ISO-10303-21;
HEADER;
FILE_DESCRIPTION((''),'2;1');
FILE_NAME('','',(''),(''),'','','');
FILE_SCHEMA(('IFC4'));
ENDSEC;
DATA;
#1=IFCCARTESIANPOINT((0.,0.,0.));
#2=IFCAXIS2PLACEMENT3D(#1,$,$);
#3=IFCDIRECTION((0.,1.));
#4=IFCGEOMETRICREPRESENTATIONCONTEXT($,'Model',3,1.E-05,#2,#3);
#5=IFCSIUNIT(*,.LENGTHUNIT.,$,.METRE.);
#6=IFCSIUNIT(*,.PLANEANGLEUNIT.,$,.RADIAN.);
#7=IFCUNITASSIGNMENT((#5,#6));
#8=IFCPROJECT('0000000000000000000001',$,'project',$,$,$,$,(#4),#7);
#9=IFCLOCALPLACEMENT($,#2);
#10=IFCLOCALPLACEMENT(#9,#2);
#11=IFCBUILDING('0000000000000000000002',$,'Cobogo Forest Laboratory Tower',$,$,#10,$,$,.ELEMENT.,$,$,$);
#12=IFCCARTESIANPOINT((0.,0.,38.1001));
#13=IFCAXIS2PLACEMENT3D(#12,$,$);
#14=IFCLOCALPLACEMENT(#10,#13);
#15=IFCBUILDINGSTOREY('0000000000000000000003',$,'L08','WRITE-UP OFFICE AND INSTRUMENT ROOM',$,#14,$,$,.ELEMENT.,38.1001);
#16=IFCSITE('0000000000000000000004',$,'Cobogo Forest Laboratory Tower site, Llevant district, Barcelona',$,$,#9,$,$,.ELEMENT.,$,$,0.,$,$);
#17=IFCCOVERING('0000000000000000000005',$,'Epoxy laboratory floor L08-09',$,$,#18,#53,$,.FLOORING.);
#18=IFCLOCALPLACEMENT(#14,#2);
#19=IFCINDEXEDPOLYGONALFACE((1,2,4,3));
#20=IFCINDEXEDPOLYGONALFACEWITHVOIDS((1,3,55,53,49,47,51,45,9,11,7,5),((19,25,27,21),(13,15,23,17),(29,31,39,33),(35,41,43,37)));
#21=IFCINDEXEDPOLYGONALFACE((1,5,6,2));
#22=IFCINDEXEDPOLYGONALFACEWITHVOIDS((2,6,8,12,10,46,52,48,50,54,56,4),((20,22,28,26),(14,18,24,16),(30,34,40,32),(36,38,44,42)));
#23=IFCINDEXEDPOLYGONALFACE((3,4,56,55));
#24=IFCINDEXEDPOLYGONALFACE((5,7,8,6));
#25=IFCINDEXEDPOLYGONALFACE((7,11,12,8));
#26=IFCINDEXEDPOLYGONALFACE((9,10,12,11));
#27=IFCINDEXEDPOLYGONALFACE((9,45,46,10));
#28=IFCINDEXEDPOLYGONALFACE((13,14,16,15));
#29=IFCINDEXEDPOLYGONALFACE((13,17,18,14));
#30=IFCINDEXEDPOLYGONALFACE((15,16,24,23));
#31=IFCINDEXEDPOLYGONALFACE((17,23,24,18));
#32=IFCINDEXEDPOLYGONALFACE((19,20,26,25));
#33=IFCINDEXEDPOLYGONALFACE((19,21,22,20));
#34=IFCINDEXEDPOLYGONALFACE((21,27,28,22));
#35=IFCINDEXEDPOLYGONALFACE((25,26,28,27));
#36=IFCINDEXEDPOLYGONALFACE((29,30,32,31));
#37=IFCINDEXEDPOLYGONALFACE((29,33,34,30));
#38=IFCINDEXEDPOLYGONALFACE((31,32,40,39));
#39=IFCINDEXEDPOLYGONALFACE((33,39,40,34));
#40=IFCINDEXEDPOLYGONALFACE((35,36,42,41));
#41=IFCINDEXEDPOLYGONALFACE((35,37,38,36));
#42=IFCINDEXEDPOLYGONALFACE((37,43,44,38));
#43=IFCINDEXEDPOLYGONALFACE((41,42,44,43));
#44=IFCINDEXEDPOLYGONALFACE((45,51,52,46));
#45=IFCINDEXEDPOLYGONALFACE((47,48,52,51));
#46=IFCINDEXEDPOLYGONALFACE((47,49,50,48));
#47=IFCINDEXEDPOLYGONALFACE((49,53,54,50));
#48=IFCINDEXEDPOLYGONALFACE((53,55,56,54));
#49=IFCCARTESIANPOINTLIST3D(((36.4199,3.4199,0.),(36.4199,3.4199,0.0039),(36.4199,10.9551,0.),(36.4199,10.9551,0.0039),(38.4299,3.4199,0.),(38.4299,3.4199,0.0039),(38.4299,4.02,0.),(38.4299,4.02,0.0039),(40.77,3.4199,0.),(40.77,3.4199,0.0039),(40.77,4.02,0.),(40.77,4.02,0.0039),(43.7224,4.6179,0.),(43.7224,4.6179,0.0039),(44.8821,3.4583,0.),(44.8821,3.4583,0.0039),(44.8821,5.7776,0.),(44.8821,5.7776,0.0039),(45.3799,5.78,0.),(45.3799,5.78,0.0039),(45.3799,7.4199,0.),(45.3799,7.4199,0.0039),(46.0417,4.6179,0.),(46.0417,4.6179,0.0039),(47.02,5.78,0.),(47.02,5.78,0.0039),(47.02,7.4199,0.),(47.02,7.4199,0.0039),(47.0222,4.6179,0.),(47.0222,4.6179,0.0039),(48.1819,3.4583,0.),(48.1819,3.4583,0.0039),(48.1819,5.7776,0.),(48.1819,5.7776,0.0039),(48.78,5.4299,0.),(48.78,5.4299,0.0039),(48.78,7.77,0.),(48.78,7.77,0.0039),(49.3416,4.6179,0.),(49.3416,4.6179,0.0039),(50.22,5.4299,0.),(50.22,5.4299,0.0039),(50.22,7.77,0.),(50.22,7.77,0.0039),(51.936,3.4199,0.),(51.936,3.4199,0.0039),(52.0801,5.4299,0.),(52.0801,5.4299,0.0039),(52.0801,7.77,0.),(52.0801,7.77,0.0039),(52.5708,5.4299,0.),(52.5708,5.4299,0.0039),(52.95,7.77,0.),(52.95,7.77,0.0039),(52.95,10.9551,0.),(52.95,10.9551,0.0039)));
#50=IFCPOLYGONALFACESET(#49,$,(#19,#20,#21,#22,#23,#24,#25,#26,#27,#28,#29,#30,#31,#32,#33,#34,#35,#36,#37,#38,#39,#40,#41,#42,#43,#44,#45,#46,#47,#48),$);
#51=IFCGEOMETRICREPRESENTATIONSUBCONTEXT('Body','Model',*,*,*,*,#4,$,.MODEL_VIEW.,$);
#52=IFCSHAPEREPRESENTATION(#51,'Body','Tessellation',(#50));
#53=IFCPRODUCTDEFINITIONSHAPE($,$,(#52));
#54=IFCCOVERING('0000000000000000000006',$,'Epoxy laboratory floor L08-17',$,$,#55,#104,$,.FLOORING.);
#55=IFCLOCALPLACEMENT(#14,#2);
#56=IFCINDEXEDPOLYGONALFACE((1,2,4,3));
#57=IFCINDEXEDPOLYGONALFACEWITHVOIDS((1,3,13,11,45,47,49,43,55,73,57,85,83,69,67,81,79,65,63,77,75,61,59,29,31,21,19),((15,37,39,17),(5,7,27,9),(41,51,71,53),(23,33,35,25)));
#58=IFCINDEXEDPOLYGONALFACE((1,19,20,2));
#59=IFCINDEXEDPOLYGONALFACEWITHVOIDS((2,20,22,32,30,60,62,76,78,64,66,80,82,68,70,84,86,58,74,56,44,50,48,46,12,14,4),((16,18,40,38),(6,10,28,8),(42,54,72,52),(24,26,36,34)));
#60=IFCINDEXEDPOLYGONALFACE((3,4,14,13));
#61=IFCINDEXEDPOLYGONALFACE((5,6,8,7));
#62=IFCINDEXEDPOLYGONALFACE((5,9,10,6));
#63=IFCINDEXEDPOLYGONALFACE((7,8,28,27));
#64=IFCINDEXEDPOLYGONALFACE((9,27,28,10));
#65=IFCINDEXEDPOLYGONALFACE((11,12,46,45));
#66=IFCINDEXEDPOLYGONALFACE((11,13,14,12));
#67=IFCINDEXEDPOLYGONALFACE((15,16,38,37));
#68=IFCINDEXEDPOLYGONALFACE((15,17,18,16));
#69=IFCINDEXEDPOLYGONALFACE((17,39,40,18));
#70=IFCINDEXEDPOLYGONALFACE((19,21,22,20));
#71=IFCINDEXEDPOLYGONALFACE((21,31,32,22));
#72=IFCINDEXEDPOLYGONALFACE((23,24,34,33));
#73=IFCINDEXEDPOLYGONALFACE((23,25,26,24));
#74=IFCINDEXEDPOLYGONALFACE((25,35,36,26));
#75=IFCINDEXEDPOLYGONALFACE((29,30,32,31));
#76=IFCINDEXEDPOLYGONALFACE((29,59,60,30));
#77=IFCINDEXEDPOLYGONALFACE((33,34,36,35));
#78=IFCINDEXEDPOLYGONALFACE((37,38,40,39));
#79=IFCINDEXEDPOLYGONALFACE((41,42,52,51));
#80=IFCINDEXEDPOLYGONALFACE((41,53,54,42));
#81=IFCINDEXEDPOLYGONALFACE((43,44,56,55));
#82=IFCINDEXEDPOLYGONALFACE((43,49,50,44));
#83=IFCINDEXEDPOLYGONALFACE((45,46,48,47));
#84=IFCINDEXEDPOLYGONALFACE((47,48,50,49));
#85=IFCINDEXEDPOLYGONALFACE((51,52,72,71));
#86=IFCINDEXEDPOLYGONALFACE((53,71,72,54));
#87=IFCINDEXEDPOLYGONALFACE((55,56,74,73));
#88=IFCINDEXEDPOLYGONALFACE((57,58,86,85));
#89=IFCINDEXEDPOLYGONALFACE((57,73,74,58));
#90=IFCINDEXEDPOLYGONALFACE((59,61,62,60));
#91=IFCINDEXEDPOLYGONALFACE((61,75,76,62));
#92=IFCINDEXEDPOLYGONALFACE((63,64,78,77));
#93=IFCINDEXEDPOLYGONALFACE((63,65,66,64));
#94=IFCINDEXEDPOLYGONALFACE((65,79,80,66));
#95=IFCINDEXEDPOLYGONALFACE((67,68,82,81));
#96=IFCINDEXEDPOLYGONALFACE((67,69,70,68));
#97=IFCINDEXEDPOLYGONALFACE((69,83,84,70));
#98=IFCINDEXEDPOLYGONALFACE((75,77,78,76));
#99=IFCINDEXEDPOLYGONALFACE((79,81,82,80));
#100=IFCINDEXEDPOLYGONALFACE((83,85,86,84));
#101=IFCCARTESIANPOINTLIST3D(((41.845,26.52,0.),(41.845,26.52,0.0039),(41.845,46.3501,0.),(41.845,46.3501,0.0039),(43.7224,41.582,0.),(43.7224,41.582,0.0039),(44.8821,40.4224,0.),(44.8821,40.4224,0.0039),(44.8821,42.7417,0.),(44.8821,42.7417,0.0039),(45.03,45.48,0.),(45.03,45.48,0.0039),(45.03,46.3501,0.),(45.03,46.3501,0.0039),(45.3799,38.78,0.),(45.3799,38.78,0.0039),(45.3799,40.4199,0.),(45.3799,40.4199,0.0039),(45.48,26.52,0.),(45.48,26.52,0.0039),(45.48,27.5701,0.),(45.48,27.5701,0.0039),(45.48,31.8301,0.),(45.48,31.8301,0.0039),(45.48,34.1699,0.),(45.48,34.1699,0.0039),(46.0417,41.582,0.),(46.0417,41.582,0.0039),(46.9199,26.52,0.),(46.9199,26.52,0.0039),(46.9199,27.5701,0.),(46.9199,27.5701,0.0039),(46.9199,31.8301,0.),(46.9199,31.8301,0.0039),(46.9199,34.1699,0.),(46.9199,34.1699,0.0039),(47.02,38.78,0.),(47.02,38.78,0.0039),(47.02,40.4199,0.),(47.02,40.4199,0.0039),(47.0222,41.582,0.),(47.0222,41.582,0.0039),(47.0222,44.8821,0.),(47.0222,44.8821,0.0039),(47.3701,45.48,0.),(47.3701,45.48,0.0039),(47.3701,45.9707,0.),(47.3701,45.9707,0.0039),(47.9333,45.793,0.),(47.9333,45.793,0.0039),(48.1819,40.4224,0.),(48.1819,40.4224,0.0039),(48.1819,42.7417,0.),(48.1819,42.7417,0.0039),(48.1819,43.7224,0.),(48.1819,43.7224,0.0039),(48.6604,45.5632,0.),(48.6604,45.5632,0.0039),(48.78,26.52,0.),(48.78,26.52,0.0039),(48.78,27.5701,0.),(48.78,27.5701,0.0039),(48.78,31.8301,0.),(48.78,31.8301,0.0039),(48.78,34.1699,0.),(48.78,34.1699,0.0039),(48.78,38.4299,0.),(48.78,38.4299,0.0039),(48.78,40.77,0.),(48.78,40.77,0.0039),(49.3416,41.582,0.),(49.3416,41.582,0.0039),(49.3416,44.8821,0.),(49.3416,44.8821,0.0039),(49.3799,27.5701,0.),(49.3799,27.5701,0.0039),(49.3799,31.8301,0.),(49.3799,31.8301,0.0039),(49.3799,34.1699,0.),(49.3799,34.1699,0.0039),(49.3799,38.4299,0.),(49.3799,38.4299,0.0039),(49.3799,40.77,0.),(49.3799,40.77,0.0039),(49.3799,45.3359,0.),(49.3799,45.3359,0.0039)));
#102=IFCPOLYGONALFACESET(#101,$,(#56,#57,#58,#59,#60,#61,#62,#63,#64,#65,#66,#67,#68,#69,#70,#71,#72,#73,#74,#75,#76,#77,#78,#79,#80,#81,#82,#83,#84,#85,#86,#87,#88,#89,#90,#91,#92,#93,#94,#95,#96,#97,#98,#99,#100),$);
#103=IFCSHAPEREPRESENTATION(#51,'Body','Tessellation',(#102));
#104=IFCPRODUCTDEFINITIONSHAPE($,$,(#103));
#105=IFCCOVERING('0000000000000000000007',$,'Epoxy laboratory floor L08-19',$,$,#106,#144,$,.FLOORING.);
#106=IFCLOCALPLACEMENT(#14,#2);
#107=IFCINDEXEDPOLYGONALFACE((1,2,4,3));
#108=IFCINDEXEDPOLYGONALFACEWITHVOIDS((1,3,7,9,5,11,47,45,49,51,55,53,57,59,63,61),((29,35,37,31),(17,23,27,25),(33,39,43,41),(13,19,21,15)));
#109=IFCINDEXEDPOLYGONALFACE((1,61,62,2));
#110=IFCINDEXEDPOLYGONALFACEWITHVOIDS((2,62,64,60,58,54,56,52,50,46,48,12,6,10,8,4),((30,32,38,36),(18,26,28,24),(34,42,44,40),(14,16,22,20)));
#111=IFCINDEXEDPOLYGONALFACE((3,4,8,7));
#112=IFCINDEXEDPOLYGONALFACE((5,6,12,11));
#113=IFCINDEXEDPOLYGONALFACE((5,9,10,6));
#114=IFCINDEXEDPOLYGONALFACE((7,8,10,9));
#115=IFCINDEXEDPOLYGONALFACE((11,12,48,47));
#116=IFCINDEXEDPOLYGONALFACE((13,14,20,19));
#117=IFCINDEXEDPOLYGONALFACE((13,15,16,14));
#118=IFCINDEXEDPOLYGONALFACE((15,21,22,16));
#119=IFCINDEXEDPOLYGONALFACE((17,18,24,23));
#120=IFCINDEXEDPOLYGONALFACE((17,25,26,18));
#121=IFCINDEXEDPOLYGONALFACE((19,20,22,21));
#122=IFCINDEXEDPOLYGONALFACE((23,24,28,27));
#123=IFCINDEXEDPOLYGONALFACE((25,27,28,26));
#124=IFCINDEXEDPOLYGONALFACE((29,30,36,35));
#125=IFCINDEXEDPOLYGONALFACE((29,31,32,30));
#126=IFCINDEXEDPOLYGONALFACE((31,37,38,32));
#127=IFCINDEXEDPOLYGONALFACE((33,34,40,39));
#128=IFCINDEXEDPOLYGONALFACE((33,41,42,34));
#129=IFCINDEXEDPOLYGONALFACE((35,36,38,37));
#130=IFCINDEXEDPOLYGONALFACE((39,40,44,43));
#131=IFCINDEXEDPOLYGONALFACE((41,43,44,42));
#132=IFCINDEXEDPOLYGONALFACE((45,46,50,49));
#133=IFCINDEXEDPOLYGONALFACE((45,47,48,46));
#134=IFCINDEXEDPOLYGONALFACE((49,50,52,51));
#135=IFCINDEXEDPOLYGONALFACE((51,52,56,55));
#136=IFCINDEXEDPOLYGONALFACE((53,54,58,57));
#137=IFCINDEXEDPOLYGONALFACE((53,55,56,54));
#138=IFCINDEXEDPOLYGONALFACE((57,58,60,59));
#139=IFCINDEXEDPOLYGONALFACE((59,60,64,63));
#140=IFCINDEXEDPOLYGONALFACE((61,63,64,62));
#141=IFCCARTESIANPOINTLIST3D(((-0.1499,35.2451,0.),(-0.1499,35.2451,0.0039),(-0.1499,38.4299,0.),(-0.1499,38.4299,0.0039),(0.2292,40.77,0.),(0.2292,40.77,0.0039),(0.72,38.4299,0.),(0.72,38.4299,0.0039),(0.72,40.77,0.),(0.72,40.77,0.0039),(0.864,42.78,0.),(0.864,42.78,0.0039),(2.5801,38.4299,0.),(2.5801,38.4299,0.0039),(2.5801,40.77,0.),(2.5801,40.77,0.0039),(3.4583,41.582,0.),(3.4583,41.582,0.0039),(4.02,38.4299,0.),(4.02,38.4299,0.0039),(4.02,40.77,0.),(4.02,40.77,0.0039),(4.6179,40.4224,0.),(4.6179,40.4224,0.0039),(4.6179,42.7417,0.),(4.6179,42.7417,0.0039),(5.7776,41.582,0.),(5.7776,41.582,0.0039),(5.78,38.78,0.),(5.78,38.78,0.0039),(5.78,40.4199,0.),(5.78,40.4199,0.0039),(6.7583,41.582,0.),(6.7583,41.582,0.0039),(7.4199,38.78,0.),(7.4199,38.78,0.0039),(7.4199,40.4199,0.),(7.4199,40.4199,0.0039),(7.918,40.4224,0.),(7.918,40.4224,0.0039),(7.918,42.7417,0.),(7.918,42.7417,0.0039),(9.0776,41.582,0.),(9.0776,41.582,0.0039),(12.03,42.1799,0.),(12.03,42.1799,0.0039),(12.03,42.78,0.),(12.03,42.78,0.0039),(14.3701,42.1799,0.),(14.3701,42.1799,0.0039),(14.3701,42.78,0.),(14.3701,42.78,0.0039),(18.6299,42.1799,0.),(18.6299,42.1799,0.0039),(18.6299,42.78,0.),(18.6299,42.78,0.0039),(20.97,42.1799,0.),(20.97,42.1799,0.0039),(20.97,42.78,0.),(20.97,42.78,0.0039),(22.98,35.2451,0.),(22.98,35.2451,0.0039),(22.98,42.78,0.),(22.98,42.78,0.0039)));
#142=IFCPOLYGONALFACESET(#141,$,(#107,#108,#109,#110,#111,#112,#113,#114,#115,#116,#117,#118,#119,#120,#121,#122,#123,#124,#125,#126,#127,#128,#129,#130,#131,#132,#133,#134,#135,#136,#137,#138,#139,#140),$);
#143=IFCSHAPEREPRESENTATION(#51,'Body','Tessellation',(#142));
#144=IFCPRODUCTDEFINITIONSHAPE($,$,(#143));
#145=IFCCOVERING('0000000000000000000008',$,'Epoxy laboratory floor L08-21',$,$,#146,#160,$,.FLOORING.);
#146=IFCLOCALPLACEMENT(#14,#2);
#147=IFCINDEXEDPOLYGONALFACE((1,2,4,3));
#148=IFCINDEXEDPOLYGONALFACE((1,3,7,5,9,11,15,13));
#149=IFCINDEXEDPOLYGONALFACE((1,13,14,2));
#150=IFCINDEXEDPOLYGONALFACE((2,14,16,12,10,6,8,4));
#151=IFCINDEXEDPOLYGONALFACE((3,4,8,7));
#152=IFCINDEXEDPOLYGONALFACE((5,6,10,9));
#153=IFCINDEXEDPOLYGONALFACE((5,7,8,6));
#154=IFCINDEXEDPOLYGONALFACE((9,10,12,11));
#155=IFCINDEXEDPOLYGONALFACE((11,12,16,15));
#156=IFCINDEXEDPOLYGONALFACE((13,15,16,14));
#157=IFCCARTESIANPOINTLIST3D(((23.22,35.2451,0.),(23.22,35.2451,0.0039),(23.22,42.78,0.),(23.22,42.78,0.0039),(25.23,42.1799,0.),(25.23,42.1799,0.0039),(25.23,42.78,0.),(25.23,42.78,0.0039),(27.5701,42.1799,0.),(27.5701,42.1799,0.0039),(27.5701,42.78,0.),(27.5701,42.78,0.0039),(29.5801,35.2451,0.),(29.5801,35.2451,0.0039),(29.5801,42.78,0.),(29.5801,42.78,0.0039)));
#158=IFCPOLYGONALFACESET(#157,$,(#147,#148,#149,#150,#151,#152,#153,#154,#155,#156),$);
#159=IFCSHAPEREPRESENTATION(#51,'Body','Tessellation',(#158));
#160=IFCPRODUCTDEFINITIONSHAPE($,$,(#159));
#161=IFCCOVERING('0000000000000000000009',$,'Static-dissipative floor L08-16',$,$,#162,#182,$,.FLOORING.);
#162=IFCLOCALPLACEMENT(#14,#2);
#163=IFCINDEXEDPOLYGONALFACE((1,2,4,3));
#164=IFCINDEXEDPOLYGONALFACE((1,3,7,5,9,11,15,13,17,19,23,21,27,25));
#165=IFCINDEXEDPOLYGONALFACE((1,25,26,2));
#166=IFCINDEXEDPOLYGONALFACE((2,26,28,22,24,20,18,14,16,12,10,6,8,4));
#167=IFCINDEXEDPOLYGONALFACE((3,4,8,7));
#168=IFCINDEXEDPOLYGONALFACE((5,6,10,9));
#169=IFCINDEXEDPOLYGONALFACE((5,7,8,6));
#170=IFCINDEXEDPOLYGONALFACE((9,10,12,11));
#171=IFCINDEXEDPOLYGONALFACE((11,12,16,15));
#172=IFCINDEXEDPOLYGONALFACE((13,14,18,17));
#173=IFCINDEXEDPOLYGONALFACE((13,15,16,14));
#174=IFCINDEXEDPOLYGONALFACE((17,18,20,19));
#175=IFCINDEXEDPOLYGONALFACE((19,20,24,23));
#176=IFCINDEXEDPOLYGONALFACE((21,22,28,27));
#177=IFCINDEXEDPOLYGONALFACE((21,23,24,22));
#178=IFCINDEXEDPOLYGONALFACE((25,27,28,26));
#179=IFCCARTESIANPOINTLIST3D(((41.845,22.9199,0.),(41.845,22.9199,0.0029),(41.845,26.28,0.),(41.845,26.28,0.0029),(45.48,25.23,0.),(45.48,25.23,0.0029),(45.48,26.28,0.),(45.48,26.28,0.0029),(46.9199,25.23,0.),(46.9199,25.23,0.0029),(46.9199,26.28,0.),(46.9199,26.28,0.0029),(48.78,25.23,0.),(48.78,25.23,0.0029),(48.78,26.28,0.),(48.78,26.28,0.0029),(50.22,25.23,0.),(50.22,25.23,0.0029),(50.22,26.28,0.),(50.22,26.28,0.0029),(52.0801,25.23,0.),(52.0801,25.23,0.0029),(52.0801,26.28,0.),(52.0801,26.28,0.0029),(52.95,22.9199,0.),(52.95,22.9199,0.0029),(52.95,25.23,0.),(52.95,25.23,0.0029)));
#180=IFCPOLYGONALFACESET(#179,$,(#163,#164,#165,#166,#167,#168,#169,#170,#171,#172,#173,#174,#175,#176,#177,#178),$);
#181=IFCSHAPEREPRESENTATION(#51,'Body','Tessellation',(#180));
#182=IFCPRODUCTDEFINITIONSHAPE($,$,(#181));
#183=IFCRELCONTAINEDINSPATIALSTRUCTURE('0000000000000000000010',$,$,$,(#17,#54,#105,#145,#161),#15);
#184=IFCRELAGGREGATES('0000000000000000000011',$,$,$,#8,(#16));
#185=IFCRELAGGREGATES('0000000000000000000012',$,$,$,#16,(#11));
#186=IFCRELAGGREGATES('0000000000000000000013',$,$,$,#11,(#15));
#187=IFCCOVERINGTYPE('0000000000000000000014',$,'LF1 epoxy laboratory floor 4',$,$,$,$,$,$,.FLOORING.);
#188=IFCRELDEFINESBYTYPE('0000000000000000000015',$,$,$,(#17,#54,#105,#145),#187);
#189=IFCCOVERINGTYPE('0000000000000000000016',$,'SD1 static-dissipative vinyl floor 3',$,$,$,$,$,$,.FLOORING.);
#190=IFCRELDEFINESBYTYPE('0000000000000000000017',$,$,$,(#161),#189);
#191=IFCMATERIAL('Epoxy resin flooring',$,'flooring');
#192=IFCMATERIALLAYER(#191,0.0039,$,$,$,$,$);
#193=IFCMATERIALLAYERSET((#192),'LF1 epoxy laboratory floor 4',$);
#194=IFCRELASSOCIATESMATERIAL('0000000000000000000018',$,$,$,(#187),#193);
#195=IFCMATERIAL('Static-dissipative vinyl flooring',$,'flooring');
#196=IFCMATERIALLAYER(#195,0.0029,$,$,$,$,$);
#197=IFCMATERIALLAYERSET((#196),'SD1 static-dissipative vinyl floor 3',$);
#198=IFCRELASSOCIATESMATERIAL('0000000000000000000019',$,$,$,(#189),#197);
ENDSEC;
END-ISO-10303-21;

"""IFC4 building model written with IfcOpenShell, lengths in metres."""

from ifc_helpers import new_model, si_unit, direction, frame, origin, place, context, subcontext, project, spatial, polyline, outline, extrude, material, layer, layer_set, type_object, element, save


model = new_model("IFC4")

# Units and contexts
model_context = context("Model", 3, precision=1e-05, world=origin(), true_north=direction((0.0, 1.0)))
body_context = subcontext(model_context, "Body", "Model", "MODEL_VIEW")
ifc_project = project(units=[si_unit("LENGTHUNIT", "METRE"), si_unit("PLANEANGLEUNIT", "RADIAN")], contexts=[model_context])

# Site, building, storey
site_placement = place(None, origin())
site = spatial("IfcSite", under=ifc_project, at=site_placement, Name="Cobogo Forest Laboratory Tower site, Llevant district, Barcelona", CompositionType="ELEMENT", RefElevation=0.0)
building_placement = place(site_placement, origin())
building = spatial("IfcBuilding", under=site, at=building_placement, Name="Cobogo Forest Laboratory Tower", CompositionType="ELEMENT")
storey_placement = place(building_placement, frame((0.0, 0.0, 38.1001)))
storey = spatial("IfcBuildingStorey", under=building, at=storey_placement, Name="L08", Description="WRITE-UP OFFICE AND INSTRUMENT ROOM", CompositionType="ELEMENT", Elevation=38.1001)

# Coverings
ifc_material_1 = material(Name="Epoxy resin flooring", Category="flooring")
ifc_layer_1 = layer(ifc_material_1, 0.0039)
ifc_layer_set_1 = layer_set([ifc_layer_1], Name="LF1 epoxy laboratory floor 4")
covering_type_1 = type_object("IfcCoveringType", Name="LF1 epoxy laboratory floor 4", PredefinedType="FLOORING", material=ifc_layer_set_1)
covering_1_placement = place(storey_placement, origin())
element("IfcCovering", 1, at=covering_1_placement, inside=storey, type_object=covering_type_1, Name="Epoxy laboratory floor L08-09", PredefinedType="FLOORING", context=body_context, shape_type="SweptSolid", body=[
    extrude(outline(polyline([(36.4199, 10.9551), (52.95, 10.9551), (52.95, 7.77), (52.0801, 7.77), (52.0801, 5.4299), (52.5708, 5.4299), (51.936, 3.4199), (40.77, 3.4199), (40.77, 4.02), (38.4299, 4.02), (38.4299, 3.4199), (36.4199, 3.4199), (36.4199, 10.9551)]), holes=[polyline([(48.78, 5.4299), (50.22, 5.4299), (50.22, 7.77), (48.78, 7.77), (48.78, 5.4299)]), polyline([(48.1819, 5.7776), (47.0222, 4.6179), (48.1819, 3.4583), (49.3416, 4.6179), (48.1819, 5.7776)]), polyline([(45.3799, 7.4199), (45.3799, 5.78), (47.02, 5.78), (47.02, 7.4199), (45.3799, 7.4199)]), polyline([(44.8821, 5.7776), (43.7224, 4.6179), (44.8821, 3.4583), (46.0417, 4.6179), (44.8821, 5.7776)])]), origin(), (0.0, 0.0, 1.0), 0.0039),
])
covering_2_placement = place(storey_placement, origin())
element("IfcCovering", 2, at=covering_2_placement, inside=storey, type_object=covering_type_1, Name="Epoxy laboratory floor L08-17", PredefinedType="FLOORING", context=body_context, shape_type="SweptSolid", body=[
    extrude(outline(polyline([(46.9199, 26.52), (46.9199, 27.5701), (45.48, 27.5701), (45.48, 26.52), (41.845, 26.52), (41.845, 46.3501), (45.03, 46.3501), (45.03, 45.48), (47.3701, 45.48), (47.3701, 45.9707), (47.9333, 45.793), (47.0222, 44.8821), (48.1819, 43.7224), (49.3416, 44.8821), (48.6604, 45.5632), (49.3799, 45.3359), (49.3799, 40.77), (48.78, 40.77), (48.78, 38.4299), (49.3799, 38.4299), (49.3799, 34.1699), (48.78, 34.1699), (48.78, 31.8301), (49.3799, 31.8301), (49.3799, 27.5701), (48.78, 27.5701), (48.78, 26.52), (46.9199, 26.52)]), holes=[polyline([(47.0222, 41.582), (48.1819, 40.4224), (49.3416, 41.582), (48.1819, 42.7417), (47.0222, 41.582)]), polyline([(47.02, 40.4199), (45.3799, 40.4199), (45.3799, 38.78), (47.02, 38.78), (47.02, 40.4199)]), polyline([(45.48, 31.8301), (46.9199, 31.8301), (46.9199, 34.1699), (45.48, 34.1699), (45.48, 31.8301)]), polyline([(43.7224, 41.582), (44.8821, 40.4224), (46.0417, 41.582), (44.8821, 42.7417), (43.7224, 41.582)])]), origin(), (0.0, 0.0, 1.0), 0.0039),
])
covering_3_placement = place(storey_placement, origin())
element("IfcCovering", 3, at=covering_3_placement, inside=storey, type_object=covering_type_1, Name="Epoxy laboratory floor L08-19", PredefinedType="FLOORING", context=body_context, shape_type="SweptSolid", body=[
    extrude(outline(polyline([(22.98, 35.2451), (-0.1499, 35.2451), (-0.1499, 38.4299), (0.72, 38.4299), (0.72, 40.77), (0.2292, 40.77), (0.864, 42.78), (12.03, 42.78), (12.03, 42.1799), (14.3701, 42.1799), (14.3701, 42.78), (18.6299, 42.78), (18.6299, 42.1799), (20.97, 42.1799), (20.97, 42.78), (22.98, 42.78), (22.98, 35.2451)]), holes=[polyline([(6.7583, 41.582), (7.918, 40.4224), (9.0776, 41.582), (7.918, 42.7417), (6.7583, 41.582)]), polyline([(5.78, 40.4199), (5.78, 38.78), (7.4199, 38.78), (7.4199, 40.4199), (5.78, 40.4199)]), polyline([(3.4583, 41.582), (4.6179, 40.4224), (5.7776, 41.582), (4.6179, 42.7417), (3.4583, 41.582)]), polyline([(2.5801, 38.4299), (4.02, 38.4299), (4.02, 40.77), (2.5801, 40.77), (2.5801, 38.4299)])]), origin(), (0.0, 0.0, 1.0), 0.0039),
])
covering_4_placement = place(storey_placement, origin())
element("IfcCovering", 4, at=covering_4_placement, inside=storey, type_object=covering_type_1, Name="Epoxy laboratory floor L08-21", PredefinedType="FLOORING", context=body_context, shape_type="SweptSolid", body=[
    extrude(outline(polyline([(23.22, 42.78), (25.23, 42.78), (25.23, 42.1799), (27.5701, 42.1799), (27.5701, 42.78), (29.5801, 42.78), (29.5801, 35.2451), (23.22, 35.2451), (23.22, 42.78)])), origin(), (0.0, 0.0, 1.0), 0.0039),
])
ifc_material_2 = material(Name="Static-dissipative vinyl flooring", Category="flooring")
ifc_layer_2 = layer(ifc_material_2, 0.0029)
ifc_layer_set_2 = layer_set([ifc_layer_2], Name="SD1 static-dissipative vinyl floor 3")
covering_type_2 = type_object("IfcCoveringType", Name="SD1 static-dissipative vinyl floor 3", PredefinedType="FLOORING", material=ifc_layer_set_2)
covering_5_placement = place(storey_placement, origin())
element("IfcCovering", 5, at=covering_5_placement, inside=storey, type_object=covering_type_2, Name="Static-dissipative floor L08-16", PredefinedType="FLOORING", context=body_context, shape_type="SweptSolid", body=[
    extrude(outline(polyline([(41.845, 26.28), (45.48, 26.28), (45.48, 25.23), (46.9199, 25.23), (46.9199, 26.28), (48.78, 26.28), (48.78, 25.23), (50.22, 25.23), (50.22, 26.28), (52.0801, 26.28), (52.0801, 25.23), (52.95, 25.23), (52.95, 22.9199), (41.845, 22.9199), (41.845, 26.28)])), origin(), (0.0, 0.0, 1.0), 0.0029),
])

save(model, "model.ifc")
